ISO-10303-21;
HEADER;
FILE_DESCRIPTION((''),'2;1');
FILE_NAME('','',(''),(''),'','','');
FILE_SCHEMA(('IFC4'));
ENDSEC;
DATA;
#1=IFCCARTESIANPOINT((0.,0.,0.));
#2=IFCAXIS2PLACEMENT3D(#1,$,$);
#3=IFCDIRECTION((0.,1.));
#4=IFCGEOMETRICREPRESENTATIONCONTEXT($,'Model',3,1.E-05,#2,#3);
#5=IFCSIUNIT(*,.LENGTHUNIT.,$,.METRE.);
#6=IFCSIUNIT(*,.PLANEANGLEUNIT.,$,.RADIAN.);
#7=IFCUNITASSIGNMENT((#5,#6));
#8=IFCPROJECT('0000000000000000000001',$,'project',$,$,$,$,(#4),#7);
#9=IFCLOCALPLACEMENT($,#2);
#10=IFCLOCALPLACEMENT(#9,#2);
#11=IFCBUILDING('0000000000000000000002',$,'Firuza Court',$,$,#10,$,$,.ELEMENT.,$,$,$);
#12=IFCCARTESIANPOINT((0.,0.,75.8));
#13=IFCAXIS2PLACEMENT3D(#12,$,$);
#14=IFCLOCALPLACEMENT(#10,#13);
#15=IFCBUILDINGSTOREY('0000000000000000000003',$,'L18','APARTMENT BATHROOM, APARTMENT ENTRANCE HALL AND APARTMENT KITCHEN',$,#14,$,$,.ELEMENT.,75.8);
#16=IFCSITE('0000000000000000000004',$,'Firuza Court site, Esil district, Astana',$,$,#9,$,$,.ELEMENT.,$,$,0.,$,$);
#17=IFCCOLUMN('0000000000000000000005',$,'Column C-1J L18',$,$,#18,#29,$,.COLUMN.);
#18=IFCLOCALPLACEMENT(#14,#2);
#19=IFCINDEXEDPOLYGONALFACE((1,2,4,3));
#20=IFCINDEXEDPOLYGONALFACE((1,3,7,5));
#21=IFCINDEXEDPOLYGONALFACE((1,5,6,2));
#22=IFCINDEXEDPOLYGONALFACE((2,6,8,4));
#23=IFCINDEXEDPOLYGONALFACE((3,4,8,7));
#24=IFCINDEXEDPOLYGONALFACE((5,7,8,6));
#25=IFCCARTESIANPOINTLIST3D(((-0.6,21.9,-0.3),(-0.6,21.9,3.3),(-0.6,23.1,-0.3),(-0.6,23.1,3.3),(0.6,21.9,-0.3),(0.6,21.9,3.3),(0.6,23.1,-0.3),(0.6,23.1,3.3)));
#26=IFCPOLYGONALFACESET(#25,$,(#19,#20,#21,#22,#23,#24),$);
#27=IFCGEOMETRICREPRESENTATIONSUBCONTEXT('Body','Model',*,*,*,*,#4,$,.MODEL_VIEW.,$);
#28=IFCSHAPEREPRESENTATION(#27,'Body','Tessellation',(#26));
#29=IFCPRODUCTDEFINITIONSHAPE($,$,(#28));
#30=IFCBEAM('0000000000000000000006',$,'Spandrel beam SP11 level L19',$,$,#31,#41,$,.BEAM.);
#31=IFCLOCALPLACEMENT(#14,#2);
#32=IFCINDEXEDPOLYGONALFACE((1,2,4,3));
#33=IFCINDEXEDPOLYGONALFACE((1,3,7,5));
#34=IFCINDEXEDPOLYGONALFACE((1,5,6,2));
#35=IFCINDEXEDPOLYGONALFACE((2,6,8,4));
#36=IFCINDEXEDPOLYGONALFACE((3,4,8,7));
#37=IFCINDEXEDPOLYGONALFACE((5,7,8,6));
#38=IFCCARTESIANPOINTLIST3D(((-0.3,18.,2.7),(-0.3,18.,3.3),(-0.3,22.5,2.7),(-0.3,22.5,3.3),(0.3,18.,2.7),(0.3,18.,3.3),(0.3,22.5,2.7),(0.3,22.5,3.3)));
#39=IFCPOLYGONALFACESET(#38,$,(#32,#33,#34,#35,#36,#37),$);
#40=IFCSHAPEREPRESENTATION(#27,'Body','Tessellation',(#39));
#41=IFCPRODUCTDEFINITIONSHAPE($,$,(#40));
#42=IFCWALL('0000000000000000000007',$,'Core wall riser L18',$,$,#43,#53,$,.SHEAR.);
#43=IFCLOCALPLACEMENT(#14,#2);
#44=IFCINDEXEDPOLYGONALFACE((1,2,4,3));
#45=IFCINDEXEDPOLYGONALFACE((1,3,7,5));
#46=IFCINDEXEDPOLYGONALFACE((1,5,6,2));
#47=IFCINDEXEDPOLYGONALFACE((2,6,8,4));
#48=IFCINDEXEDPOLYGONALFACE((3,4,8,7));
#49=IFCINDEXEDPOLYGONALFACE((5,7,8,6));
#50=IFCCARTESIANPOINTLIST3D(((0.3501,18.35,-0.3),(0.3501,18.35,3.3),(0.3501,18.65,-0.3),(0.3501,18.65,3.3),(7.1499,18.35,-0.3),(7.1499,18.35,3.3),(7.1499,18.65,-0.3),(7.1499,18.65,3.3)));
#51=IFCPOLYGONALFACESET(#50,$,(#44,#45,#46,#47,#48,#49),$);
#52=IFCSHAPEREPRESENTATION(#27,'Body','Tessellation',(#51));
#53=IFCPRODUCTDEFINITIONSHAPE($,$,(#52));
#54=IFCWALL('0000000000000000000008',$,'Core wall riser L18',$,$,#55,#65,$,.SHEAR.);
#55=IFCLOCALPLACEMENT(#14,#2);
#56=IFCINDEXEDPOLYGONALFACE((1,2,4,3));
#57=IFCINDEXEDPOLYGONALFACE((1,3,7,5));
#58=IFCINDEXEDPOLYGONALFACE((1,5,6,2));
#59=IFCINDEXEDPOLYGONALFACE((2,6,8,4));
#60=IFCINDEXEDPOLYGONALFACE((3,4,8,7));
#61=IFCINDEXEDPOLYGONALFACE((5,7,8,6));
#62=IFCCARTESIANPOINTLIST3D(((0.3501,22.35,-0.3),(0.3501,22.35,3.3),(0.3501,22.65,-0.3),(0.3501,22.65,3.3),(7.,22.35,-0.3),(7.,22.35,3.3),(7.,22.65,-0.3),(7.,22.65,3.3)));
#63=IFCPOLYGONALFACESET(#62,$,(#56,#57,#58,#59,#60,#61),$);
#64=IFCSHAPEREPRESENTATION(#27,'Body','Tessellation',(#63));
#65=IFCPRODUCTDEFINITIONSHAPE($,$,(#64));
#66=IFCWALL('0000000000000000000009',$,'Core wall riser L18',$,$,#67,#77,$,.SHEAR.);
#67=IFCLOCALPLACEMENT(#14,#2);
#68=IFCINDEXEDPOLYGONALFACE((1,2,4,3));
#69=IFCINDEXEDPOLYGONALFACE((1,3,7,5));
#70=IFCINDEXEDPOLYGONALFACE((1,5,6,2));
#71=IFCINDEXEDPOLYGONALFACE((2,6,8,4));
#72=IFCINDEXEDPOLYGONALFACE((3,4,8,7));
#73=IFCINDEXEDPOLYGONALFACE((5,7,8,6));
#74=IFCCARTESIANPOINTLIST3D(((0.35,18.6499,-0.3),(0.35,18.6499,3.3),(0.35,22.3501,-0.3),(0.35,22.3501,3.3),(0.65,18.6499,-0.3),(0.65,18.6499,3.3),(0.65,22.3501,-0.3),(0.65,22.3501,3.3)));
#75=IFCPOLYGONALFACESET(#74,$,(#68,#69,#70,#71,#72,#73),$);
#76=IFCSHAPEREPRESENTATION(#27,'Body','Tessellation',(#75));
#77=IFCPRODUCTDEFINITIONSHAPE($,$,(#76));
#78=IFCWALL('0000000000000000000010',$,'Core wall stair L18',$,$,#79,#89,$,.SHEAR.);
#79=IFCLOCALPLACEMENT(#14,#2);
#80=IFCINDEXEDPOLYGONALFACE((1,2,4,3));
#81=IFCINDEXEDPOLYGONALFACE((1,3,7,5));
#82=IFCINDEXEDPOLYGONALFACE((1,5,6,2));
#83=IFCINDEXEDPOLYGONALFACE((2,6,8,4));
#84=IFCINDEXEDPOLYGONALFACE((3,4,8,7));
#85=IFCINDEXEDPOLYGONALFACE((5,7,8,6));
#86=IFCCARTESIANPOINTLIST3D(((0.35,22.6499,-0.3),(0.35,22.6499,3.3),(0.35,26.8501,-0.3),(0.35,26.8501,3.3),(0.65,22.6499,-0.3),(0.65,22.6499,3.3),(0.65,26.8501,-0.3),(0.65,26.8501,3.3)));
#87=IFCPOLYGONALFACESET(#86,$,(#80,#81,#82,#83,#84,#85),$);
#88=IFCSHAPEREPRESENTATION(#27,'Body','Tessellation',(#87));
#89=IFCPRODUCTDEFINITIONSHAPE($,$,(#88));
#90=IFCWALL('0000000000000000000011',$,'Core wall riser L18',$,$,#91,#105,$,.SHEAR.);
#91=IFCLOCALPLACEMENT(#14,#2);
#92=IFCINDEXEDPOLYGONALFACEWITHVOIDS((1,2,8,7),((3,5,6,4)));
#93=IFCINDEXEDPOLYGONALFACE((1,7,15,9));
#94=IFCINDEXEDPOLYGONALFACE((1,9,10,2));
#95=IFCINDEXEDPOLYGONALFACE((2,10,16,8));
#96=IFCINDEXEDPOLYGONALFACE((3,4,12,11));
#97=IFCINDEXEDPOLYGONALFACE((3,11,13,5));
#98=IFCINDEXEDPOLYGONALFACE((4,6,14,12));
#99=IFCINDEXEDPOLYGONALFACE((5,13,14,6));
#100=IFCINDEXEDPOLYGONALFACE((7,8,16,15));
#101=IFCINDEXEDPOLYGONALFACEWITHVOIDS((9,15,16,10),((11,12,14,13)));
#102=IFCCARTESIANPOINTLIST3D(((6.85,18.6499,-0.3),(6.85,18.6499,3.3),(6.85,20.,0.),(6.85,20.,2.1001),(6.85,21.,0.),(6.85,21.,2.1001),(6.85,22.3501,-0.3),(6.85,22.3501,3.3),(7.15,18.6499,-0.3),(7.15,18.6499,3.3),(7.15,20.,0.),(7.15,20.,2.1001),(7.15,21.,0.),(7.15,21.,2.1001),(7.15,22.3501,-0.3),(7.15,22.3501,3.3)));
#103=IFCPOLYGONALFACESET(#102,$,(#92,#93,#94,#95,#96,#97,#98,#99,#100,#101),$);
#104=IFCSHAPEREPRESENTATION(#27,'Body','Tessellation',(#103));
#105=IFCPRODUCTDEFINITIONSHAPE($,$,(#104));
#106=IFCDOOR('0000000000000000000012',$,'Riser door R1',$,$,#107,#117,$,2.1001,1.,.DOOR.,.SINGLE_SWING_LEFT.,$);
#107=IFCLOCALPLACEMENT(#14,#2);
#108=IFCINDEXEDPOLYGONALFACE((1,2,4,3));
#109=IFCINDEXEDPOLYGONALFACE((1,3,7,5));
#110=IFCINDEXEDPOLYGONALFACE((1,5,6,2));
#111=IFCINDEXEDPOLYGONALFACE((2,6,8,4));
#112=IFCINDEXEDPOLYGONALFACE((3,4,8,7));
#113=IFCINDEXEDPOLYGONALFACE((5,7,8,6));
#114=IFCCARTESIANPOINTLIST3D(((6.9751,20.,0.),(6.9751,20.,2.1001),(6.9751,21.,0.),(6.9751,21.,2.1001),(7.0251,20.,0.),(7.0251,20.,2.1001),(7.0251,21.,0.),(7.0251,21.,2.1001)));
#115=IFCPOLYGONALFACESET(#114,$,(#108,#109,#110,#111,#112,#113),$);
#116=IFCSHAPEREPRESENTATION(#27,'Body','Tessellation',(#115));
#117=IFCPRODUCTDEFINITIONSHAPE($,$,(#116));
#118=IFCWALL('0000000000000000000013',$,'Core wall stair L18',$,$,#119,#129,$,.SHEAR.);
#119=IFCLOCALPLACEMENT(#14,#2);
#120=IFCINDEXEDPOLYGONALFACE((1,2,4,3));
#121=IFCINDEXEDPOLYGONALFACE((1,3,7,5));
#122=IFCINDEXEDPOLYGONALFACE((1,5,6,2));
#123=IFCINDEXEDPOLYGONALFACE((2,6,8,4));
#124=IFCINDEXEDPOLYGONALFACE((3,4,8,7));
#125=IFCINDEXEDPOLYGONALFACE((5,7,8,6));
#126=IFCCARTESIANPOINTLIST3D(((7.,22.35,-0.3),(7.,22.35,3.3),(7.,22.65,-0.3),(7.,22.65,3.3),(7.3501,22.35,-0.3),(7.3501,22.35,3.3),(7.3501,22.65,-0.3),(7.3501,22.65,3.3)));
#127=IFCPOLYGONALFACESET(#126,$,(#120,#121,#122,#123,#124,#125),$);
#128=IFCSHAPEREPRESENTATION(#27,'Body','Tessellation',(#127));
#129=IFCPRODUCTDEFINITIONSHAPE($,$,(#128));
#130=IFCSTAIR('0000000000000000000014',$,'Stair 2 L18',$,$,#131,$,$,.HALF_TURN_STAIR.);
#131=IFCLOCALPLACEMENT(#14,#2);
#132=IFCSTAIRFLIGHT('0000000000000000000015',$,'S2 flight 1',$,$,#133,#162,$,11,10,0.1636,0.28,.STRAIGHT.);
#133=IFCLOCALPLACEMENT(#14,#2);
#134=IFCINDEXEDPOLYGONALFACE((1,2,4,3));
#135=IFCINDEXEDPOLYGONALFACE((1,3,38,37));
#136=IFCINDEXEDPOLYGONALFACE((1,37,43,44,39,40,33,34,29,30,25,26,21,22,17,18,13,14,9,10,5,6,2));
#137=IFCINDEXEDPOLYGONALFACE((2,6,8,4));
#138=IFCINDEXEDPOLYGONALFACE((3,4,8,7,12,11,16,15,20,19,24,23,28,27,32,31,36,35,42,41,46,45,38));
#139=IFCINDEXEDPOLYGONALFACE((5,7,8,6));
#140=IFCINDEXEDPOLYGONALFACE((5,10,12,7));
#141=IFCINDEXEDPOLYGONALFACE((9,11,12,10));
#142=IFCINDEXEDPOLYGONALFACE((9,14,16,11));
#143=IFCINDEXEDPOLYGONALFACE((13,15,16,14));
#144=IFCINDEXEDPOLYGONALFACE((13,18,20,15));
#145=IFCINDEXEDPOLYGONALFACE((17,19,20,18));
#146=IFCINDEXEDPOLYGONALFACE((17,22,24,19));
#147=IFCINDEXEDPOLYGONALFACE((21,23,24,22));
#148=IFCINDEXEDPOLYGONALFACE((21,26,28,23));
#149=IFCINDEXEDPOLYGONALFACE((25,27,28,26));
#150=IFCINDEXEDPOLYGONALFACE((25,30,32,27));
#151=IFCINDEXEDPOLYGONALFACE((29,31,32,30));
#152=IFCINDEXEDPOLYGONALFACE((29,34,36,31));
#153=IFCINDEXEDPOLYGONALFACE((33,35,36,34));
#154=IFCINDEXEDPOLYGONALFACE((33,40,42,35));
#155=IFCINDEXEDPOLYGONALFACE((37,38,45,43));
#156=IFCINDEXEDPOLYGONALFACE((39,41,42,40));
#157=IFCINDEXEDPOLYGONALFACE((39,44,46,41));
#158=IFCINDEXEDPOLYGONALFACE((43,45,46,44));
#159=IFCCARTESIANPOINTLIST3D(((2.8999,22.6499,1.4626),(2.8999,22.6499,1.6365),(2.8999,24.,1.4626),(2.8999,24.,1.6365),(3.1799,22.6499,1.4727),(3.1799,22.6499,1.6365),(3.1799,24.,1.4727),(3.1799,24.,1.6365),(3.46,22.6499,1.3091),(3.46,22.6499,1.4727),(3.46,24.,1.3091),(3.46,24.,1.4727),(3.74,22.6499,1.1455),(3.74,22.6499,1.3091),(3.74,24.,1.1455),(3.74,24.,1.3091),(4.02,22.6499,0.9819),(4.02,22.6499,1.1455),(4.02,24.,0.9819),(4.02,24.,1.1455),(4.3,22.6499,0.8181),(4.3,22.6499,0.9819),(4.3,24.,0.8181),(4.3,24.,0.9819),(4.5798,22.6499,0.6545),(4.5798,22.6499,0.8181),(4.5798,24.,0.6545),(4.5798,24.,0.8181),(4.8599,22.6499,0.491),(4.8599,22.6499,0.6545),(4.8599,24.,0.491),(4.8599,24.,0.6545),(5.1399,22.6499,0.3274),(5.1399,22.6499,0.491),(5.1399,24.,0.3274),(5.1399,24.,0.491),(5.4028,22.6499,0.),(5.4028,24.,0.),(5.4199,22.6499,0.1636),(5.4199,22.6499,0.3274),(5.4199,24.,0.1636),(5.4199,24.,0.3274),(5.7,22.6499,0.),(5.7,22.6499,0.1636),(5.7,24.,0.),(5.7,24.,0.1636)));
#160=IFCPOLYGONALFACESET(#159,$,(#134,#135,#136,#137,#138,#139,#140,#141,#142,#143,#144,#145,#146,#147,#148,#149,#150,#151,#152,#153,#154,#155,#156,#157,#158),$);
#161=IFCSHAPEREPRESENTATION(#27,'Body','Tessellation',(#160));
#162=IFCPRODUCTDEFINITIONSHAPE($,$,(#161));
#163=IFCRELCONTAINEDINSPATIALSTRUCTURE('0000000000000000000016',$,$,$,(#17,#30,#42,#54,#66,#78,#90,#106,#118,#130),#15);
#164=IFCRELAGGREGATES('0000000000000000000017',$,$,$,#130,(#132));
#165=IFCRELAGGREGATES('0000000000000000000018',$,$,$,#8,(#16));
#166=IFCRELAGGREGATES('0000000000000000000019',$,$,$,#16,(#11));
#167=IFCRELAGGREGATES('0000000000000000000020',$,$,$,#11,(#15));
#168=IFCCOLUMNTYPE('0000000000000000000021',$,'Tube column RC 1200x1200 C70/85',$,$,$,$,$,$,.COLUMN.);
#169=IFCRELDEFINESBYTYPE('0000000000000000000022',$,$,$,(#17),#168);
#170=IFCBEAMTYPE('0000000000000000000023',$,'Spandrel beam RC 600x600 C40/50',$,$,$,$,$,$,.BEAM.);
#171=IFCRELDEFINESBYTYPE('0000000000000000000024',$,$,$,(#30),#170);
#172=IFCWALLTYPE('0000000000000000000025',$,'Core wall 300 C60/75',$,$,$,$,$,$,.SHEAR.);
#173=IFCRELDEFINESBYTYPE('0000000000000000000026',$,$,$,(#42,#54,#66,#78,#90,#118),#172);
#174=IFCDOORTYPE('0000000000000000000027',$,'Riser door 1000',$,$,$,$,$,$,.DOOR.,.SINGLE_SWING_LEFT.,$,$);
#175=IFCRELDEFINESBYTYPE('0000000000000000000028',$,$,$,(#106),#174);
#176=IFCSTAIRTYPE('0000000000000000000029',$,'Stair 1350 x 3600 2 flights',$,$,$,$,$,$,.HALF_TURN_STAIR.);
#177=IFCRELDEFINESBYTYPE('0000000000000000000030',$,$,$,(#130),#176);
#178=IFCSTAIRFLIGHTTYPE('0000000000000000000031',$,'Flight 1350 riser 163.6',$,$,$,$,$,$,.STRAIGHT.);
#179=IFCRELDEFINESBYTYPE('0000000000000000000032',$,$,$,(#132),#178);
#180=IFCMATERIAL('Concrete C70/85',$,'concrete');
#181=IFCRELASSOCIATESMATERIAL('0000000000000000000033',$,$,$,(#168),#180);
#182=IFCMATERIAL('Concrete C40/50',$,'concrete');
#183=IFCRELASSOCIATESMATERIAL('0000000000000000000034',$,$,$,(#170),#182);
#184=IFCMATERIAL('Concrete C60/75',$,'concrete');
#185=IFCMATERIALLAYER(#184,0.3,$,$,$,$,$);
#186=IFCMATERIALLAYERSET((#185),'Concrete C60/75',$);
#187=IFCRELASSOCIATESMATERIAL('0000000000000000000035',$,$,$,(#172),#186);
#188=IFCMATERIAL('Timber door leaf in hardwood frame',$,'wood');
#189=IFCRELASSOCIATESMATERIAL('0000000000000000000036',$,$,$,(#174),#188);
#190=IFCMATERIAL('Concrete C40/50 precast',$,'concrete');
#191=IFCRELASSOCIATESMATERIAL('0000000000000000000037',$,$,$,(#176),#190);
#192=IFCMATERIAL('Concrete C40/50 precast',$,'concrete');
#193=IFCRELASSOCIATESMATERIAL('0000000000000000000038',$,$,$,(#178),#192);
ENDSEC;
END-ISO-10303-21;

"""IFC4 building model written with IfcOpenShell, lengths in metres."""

from ifc_helpers import new_model, si_unit, direction, frame, frame_2d, origin, origin_2d, place, context, subcontext, project, spatial, polyline, rectangle, outline, extrude, material, layer, layer_set, material_profile, profile_set, type_object, element, fill, aggregate, save


model = new_model("IFC4")

# Units and contexts
model_context = context("Model", 3, precision=1e-05, world=origin(), true_north=direction((0.0, 1.0)))
body_context = subcontext(model_context, "Body", "Model", "MODEL_VIEW")
ifc_project = project(units=[si_unit("LENGTHUNIT", "METRE"), si_unit("PLANEANGLEUNIT", "RADIAN")], contexts=[model_context])

# Site, building, storey
site_placement = place(None, origin())
site = spatial("IfcSite", under=ifc_project, at=site_placement, Name="Firuza Court site, Esil district, Astana", CompositionType="ELEMENT", RefElevation=0.0)
building_placement = place(site_placement, origin())
building = spatial("IfcBuilding", under=site, at=building_placement, Name="Firuza Court", CompositionType="ELEMENT")
storey_placement = place(building_placement, frame((0.0, 0.0, 75.8)))
storey = spatial("IfcBuildingStorey", under=building, at=storey_placement, Name="L18", Description="APARTMENT BATHROOM, APARTMENT ENTRANCE HALL AND APARTMENT KITCHEN", CompositionType="ELEMENT", Elevation=75.8)

# Column
ifc_material_1 = material(Name="Concrete C70/85", Category="concrete")
ifc_material_profile_1 = material_profile(ifc_material_1, rectangle(XDim=1.2, YDim=1.2, at=origin_2d()), Name="RC 1200x1200")
ifc_profile_set_1 = profile_set([ifc_material_profile_1], Name="Concrete C70/85")
column_type = type_object("IfcColumnType", Name="Tube column RC 1200x1200 C70/85", PredefinedType="COLUMN", material=ifc_profile_set_1)
column_placement = place(storey_placement, frame((0.0, 22.5, -0.3), z_axis=(0.0, 0.0, 1.0), x_axis=(1.0, 0.0, 0.0)))
element("IfcColumn", 1, at=column_placement, inside=storey, type_object=column_type, Name="Column C-1J L18", PredefinedType="COLUMN", context=body_context, shape_type="SweptSolid", body=[
    extrude(rectangle(XDim=1.2, YDim=1.2, at=origin_2d()), origin(), (0.0, 0.0, 1.0), 3.6001),
])

# Beam
ifc_material_2 = material(Name="Concrete C40/50", Category="concrete")
ifc_material_profile_2 = material_profile(ifc_material_2, rectangle(XDim=0.6001, YDim=0.6001, at=origin_2d()), Name="RC 600x600")
ifc_profile_set_2 = profile_set([ifc_material_profile_2], Name="Concrete C40/50")
beam_type = type_object("IfcBeamType", Name="Spandrel beam RC 600x600 C40/50", PredefinedType="BEAM", material=ifc_profile_set_2)
beam_placement = place(storey_placement, frame((0.0, 22.5, 3.0), z_axis=(0.0, -1.0, 0.0), x_axis=(1.0, 0.0, 0.0)))
element("IfcBeam", 2, at=beam_placement, inside=storey, type_object=beam_type, Name="Spandrel beam SP11 level L19", PredefinedType="BEAM", context=body_context, shape_type="SweptSolid", body=[
    extrude(rectangle(XDim=0.6001, YDim=0.6001, at=origin_2d()), origin(), (0.0, 0.0, 1.0), 4.5),
])

# Walls
ifc_material_3 = material(Name="Concrete C60/75", Category="concrete")
ifc_layer = layer(ifc_material_3, 0.3)
ifc_layer_set = layer_set([ifc_layer], Name="Concrete C60/75")
wall_type = type_object("IfcWallType", Name="Core wall 300 C60/75", PredefinedType="SHEAR", material=ifc_layer_set)
wall_1_placement = place(storey_placement, frame((0.3501, 18.5, -0.3), z_axis=(0.0, 0.0, 1.0), x_axis=(1.0, 0.0, 0.0)))
element("IfcWall", 3, at=wall_1_placement, inside=storey, type_object=wall_type, Name="Core wall riser L18", PredefinedType="SHEAR", context=body_context, shape_type="SweptSolid", body=[
    extrude(rectangle(XDim=6.7998, YDim=0.3, at=frame_2d((3.3999, 0.0))), origin(), (0.0, 0.0, 1.0), 3.6001),
])
wall_2_placement = place(storey_placement, frame((0.3501, 22.5, -0.3), z_axis=(0.0, 0.0, 1.0), x_axis=(1.0, 0.0, 0.0)))
element("IfcWall", 4, at=wall_2_placement, inside=storey, type_object=wall_type, Name="Core wall riser L18", PredefinedType="SHEAR", context=body_context, shape_type="SweptSolid", body=[
    extrude(rectangle(XDim=6.6499, YDim=0.3, at=frame_2d((3.325, 0.0))), origin(), (0.0, 0.0, 1.0), 3.6001),
])
wall_3_placement = place(storey_placement, frame((0.5, 18.6499, -0.3), z_axis=(0.0, 0.0, 1.0), x_axis=(0.0, 1.0, 0.0)))
element("IfcWall", 5, at=wall_3_placement, inside=storey, type_object=wall_type, Name="Core wall riser L18", PredefinedType="SHEAR", context=body_context, shape_type="SweptSolid", body=[
    extrude(rectangle(XDim=3.7002, YDim=0.3, at=frame_2d((1.8501, 0.0))), origin(), (0.0, 0.0, 1.0), 3.6001),
])
wall_4_placement = place(storey_placement, frame((0.5, 22.6499, -0.3), z_axis=(0.0, 0.0, 1.0), x_axis=(0.0, 1.0, 0.0)))
element("IfcWall", 6, at=wall_4_placement, inside=storey, type_object=wall_type, Name="Core wall stair L18", PredefinedType="SHEAR", context=body_context, shape_type="SweptSolid", body=[
    extrude(rectangle(XDim=4.2002, YDim=0.3, at=frame_2d((2.1001, 0.0))), origin(), (0.0, 0.0, 1.0), 3.6001),
])

# Wall, opening, door
wall_5_placement = place(storey_placement, frame((7.0, 18.6499, -0.3), z_axis=(0.0, 0.0, 1.0), x_axis=(0.0, 1.0, 0.0)))
wall_5 = element("IfcWall", 7, at=wall_5_placement, inside=storey, type_object=wall_type, Name="Core wall riser L18", PredefinedType="SHEAR", context=body_context, shape_type="SweptSolid", body=[
    extrude(rectangle(XDim=3.7002, YDim=0.3, at=frame_2d((1.8501, 0.0))), origin(), (0.0, 0.0, 1.0), 3.6001),
])
opening_placement = place(wall_5_placement, frame((1.3501, 0.0, 0.3)))
opening = element("IfcOpeningElement", 8, at=opening_placement, cuts=wall_5, PredefinedType="OPENING", context=body_context, shape_type="SweptSolid", body=[
    extrude(rectangle(XDim=1.0, YDim=2.1001, at=frame_2d((0.5, 1.05))), frame((0.0, 0.1621, 0.0), z_axis=(0.0, -1.0, 0.0), x_axis=(1.0, 0.0, 0.0)), (0.0, 0.0, 1.0), 0.324),
])
ifc_material_4 = material(Name="Timber door leaf in hardwood frame", Category="wood")
door_type = type_object("IfcDoorType", Name="Riser door 1000", OperationType="SINGLE_SWING_LEFT", PredefinedType="DOOR", material=ifc_material_4)
door_placement = place(opening_placement, origin())
door = element("IfcDoor", 9, at=door_placement, inside=storey, type_object=door_type, Name="Riser door R1", OperationType="SINGLE_SWING_LEFT", OverallHeight=2.1001, OverallWidth=1.0, PredefinedType="DOOR", context=body_context, shape_type="SweptSolid", body=[
    extrude(rectangle(XDim=1.0, YDim=2.1001, at=frame_2d((0.5, 1.05))), frame((0.0, 0.0249, 0.0), z_axis=(0.0, -1.0, 0.0), x_axis=(1.0, 0.0, 0.0)), (0.0, 0.0, 1.0), 0.05),
])
fill(opening, door)

# Wall
wall_6_placement = place(storey_placement, frame((7.0, 22.5, -0.3), z_axis=(0.0, 0.0, 1.0), x_axis=(1.0, 0.0, 0.0)))
element("IfcWall", 10, at=wall_6_placement, inside=storey, type_object=wall_type, Name="Core wall stair L18", PredefinedType="SHEAR", context=body_context, shape_type="SweptSolid", body=[
    extrude(rectangle(XDim=0.3501, YDim=0.3, at=frame_2d((0.175, 0.0))), origin(), (0.0, 0.0, 1.0), 3.6001),
])

# Stair, stair flight
ifc_material_5 = material(Name="Concrete C40/50 precast", Category="concrete")
stair_type = type_object("IfcStairType", Name="Stair 1350 x 3600 2 flights", PredefinedType="HALF_TURN_STAIR", material=ifc_material_5)
stair_placement = place(storey_placement, origin())
stair = element("IfcStair", 11, at=stair_placement, inside=storey, type_object=stair_type, Name="Stair 2 L18", PredefinedType="HALF_TURN_STAIR")
ifc_material_6 = material(Name="Concrete C40/50 precast", Category="concrete")
stair_flight_type = type_object("IfcStairFlightType", Name="Flight 1350 riser 163.6", PredefinedType="STRAIGHT", material=ifc_material_6)
stair_flight_placement = place(storey_placement, frame((5.7, 23.325, 0.0), z_axis=(0.0, 0.0, 1.0), x_axis=(-1.0, 0.0, 0.0)))
stair_flight = element("IfcStairFlight", 12, at=stair_flight_placement, type_object=stair_flight_type, Name="S2 flight 1", NumberOfRisers=11, NumberOfTreads=10, PredefinedType="STRAIGHT", RiserHeight=0.1636, TreadLength=0.28, context=body_context, shape_type="SweptSolid", body=[
    extrude(outline(polyline([(0.0, 0.0), (0.0, 0.1636), (0.28, 0.1636), (0.28, 0.3274), (0.5601, 0.3274), (0.5601, 0.491), (0.8401, 0.491), (0.8401, 0.6545), (1.1201, 0.6545), (1.1201, 0.8181), (1.3999, 0.8181), (1.3999, 0.9819), (1.6799, 0.9819), (1.6799, 1.1455), (1.96, 1.1455), (1.96, 1.3091), (2.24, 1.3091), (2.24, 1.4727), (2.52, 1.4727), (2.52, 1.6365), (2.8, 1.6365), (2.8, 1.8), (2.8, 1.4626), (0.2971, 0.0), (0.0, 0.0)])), frame((0.0, 0.675, 0.0), z_axis=(0.0, -1.0, 0.0), x_axis=(1.0, 0.0, 0.0)), (0.0, 0.0, 1.0), 1.3501),
])
aggregate(stair, [stair_flight])

save(model, "model.ifc")
